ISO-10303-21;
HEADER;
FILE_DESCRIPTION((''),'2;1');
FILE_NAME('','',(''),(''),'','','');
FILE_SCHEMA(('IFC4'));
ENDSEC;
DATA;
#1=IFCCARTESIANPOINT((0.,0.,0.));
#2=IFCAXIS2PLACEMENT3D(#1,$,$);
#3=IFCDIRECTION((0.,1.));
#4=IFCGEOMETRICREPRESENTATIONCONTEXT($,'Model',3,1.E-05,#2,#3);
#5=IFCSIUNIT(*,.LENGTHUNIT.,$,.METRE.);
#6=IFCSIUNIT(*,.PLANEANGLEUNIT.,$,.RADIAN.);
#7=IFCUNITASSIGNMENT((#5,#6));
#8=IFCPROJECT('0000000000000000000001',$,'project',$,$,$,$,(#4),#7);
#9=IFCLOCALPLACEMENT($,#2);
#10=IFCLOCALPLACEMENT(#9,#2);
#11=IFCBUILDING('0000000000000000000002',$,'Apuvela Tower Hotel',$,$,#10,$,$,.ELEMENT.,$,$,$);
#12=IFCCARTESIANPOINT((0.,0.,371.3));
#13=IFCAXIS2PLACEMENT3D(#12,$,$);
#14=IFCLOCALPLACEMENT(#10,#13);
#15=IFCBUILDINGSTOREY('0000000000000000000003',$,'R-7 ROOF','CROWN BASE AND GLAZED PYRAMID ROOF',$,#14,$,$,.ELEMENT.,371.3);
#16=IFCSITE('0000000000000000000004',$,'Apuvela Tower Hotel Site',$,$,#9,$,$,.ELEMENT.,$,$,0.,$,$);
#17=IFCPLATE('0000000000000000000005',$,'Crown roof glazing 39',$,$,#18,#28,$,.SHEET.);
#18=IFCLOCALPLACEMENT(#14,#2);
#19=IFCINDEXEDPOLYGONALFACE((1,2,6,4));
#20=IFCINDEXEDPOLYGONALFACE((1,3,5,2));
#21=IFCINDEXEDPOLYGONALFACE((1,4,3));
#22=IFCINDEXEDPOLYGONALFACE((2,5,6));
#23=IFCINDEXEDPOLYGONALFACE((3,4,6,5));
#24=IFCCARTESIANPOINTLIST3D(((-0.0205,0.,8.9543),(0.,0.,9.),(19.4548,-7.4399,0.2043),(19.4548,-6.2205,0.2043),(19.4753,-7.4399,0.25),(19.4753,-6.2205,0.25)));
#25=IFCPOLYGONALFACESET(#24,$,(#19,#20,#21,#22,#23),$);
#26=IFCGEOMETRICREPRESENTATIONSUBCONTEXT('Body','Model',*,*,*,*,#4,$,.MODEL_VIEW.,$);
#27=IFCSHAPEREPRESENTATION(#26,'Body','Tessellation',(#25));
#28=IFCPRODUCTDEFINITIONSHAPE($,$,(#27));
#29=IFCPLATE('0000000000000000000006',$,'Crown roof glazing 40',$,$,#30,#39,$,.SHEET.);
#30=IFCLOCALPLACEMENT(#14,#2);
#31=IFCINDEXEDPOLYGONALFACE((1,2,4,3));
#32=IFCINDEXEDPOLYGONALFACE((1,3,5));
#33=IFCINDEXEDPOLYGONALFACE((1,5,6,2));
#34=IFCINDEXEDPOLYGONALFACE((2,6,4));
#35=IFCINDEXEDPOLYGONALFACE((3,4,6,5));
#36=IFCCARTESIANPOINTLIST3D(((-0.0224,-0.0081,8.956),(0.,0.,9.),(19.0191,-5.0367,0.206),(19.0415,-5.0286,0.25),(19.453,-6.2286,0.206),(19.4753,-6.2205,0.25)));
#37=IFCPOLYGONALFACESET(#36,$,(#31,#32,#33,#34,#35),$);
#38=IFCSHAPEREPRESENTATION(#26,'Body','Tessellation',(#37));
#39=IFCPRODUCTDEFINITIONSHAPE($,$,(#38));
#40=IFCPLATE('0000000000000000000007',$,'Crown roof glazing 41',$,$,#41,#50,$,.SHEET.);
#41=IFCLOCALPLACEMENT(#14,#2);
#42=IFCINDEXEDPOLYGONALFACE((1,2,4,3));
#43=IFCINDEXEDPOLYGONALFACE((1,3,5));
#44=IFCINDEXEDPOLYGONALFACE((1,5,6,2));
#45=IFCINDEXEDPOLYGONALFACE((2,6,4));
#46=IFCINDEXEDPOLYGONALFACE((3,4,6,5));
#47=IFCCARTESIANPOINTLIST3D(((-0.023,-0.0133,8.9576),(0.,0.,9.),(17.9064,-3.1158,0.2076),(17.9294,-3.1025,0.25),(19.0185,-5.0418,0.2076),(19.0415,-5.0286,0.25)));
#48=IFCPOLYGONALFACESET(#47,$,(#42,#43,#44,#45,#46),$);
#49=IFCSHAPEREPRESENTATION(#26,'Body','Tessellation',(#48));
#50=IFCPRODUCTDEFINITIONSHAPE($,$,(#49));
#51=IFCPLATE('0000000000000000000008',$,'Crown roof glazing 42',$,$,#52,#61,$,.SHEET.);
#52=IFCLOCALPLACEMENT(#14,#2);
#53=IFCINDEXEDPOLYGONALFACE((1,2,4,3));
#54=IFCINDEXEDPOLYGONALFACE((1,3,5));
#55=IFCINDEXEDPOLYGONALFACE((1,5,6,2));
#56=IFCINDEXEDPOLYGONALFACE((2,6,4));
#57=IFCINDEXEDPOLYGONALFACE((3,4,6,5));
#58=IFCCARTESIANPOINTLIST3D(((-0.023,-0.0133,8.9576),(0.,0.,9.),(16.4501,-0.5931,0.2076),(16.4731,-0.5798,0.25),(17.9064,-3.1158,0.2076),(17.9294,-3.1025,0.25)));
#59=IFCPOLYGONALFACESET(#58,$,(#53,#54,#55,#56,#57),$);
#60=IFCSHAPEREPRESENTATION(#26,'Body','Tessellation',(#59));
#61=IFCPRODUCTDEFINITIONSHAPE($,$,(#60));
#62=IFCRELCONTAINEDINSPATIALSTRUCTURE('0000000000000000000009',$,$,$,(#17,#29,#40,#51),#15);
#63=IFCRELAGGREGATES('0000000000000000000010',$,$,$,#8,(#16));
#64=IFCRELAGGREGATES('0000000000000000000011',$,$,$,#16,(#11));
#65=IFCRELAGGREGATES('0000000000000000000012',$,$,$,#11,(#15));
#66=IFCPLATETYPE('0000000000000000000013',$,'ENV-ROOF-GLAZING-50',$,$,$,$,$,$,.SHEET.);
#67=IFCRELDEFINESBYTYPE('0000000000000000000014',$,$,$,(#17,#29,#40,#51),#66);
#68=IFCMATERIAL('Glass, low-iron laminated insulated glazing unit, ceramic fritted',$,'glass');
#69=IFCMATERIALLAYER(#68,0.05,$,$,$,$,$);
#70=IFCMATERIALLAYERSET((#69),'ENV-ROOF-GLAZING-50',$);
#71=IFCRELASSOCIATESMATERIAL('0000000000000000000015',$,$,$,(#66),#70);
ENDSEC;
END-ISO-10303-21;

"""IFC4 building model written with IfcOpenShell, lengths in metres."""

from ifc_helpers import new_model, si_unit, direction, frame, origin, place, context, subcontext, project, spatial, polyline, outline, extrude, material, layer, layer_set, type_object, element, save


model = new_model("IFC4")

# Units and contexts
model_context = context("Model", 3, precision=1e-05, world=origin(), true_north=direction((0.0, 1.0)))
body_context = subcontext(model_context, "Body", "Model", "MODEL_VIEW")
ifc_project = project(units=[si_unit("LENGTHUNIT", "METRE"), si_unit("PLANEANGLEUNIT", "RADIAN")], contexts=[model_context])

# Site, building, storey
site_placement = place(None, origin())
site = spatial("IfcSite", under=ifc_project, at=site_placement, Name="Apuvela Tower Hotel Site", CompositionType="ELEMENT", RefElevation=0.0)
building_placement = place(site_placement, origin())
building = spatial("IfcBuilding", under=site, at=building_placement, Name="Apuvela Tower Hotel", CompositionType="ELEMENT")
storey_placement = place(building_placement, frame((0.0, 0.0, 371.3)))
storey = spatial("IfcBuildingStorey", under=building, at=storey_placement, Name="R-7 ROOF", Description="CROWN BASE AND GLAZED PYRAMID ROOF", CompositionType="ELEMENT", Elevation=371.3)

# Plates
ifc_material_1 = material(Name="Glass, low-iron laminated insulated glazing unit, ceramic fritted", Category="glass")
ifc_layer = layer(ifc_material_1, 0.05)
ifc_layer_set = layer_set([ifc_layer], Name="ENV-ROOF-GLAZING-50")
plate_type = type_object("IfcPlateType", Name="ENV-ROOF-GLAZING-50", PredefinedType="SHEET", material=ifc_layer_set)
plate_1_placement = place(storey_placement, frame((19.4753, -7.4399, 0.25), z_axis=(0.409823, 0.0, 0.912165), x_axis=(0.0, 1.0, 0.0)))
element("IfcPlate", 1, at=plate_1_placement, inside=storey, type_object=plate_type, Name="Crown roof glazing 39", PredefinedType="SHEET", context=body_context, shape_type="SweptSolid", body=[
    extrude(outline(polyline([(0.0, 0.0), (1.2195, 0.0), (7.4399, 21.3507), (0.0, 0.0)])), origin(), (0.0, 0.0, -1.0), 0.05),
])
plate_2_placement = place(storey_placement, frame((19.4753, -6.2205, 0.25), z_axis=(0.447145, 0.162756, 0.879529), x_axis=(-0.342037, 0.939687, 0.0)))
element("IfcPlate", 2, at=plate_2_placement, inside=storey, type_object=plate_type, Name="Crown roof glazing 40", PredefinedType="SHEET", context=body_context, shape_type="SweptSolid", body=[
    extrude(outline(polyline([(0.0, 0.0), (1.2684, 0.0), (12.5066, 18.3884), (0.0, 0.0)])), origin(), (0.0, 0.0, -1.0), 0.05),
])
plate_3_placement = place(storey_placement, frame((19.0415, -5.0286, 0.25), z_axis=(0.459557, 0.265342, 0.847585), x_axis=(-0.500023, 0.866012, 0.0)))
element("IfcPlate", 3, at=plate_3_placement, inside=storey, type_object=plate_type, Name="Crown roof glazing 41", PredefinedType="SHEET", context=body_context, shape_type="SweptSolid", body=[
    extrude(outline(polyline([(0.0, 0.0), (2.224, 0.0), (13.876, 16.4889), (0.0, 0.0)])), origin(), (0.0, 0.0, -1.0), 0.05),
])
plate_4_placement = place(storey_placement, frame((17.9294, -3.1025, 0.25), z_axis=(0.459556, 0.265291, 0.847602), x_axis=(-0.499952, 0.866053, 0.0)))
element("IfcPlate", 4, at=plate_4_placement, inside=storey, type_object=plate_type, Name="Crown roof glazing 42", PredefinedType="SHEET", context=body_context, shape_type="SweptSolid", body=[
    extrude(outline(polyline([(0.0, 0.0), (2.9129, 0.0), (11.6508, 16.4897), (0.0, 0.0)])), origin(), (0.0, 0.0, -1.0), 0.05),
])

save(model, "model.ifc")
